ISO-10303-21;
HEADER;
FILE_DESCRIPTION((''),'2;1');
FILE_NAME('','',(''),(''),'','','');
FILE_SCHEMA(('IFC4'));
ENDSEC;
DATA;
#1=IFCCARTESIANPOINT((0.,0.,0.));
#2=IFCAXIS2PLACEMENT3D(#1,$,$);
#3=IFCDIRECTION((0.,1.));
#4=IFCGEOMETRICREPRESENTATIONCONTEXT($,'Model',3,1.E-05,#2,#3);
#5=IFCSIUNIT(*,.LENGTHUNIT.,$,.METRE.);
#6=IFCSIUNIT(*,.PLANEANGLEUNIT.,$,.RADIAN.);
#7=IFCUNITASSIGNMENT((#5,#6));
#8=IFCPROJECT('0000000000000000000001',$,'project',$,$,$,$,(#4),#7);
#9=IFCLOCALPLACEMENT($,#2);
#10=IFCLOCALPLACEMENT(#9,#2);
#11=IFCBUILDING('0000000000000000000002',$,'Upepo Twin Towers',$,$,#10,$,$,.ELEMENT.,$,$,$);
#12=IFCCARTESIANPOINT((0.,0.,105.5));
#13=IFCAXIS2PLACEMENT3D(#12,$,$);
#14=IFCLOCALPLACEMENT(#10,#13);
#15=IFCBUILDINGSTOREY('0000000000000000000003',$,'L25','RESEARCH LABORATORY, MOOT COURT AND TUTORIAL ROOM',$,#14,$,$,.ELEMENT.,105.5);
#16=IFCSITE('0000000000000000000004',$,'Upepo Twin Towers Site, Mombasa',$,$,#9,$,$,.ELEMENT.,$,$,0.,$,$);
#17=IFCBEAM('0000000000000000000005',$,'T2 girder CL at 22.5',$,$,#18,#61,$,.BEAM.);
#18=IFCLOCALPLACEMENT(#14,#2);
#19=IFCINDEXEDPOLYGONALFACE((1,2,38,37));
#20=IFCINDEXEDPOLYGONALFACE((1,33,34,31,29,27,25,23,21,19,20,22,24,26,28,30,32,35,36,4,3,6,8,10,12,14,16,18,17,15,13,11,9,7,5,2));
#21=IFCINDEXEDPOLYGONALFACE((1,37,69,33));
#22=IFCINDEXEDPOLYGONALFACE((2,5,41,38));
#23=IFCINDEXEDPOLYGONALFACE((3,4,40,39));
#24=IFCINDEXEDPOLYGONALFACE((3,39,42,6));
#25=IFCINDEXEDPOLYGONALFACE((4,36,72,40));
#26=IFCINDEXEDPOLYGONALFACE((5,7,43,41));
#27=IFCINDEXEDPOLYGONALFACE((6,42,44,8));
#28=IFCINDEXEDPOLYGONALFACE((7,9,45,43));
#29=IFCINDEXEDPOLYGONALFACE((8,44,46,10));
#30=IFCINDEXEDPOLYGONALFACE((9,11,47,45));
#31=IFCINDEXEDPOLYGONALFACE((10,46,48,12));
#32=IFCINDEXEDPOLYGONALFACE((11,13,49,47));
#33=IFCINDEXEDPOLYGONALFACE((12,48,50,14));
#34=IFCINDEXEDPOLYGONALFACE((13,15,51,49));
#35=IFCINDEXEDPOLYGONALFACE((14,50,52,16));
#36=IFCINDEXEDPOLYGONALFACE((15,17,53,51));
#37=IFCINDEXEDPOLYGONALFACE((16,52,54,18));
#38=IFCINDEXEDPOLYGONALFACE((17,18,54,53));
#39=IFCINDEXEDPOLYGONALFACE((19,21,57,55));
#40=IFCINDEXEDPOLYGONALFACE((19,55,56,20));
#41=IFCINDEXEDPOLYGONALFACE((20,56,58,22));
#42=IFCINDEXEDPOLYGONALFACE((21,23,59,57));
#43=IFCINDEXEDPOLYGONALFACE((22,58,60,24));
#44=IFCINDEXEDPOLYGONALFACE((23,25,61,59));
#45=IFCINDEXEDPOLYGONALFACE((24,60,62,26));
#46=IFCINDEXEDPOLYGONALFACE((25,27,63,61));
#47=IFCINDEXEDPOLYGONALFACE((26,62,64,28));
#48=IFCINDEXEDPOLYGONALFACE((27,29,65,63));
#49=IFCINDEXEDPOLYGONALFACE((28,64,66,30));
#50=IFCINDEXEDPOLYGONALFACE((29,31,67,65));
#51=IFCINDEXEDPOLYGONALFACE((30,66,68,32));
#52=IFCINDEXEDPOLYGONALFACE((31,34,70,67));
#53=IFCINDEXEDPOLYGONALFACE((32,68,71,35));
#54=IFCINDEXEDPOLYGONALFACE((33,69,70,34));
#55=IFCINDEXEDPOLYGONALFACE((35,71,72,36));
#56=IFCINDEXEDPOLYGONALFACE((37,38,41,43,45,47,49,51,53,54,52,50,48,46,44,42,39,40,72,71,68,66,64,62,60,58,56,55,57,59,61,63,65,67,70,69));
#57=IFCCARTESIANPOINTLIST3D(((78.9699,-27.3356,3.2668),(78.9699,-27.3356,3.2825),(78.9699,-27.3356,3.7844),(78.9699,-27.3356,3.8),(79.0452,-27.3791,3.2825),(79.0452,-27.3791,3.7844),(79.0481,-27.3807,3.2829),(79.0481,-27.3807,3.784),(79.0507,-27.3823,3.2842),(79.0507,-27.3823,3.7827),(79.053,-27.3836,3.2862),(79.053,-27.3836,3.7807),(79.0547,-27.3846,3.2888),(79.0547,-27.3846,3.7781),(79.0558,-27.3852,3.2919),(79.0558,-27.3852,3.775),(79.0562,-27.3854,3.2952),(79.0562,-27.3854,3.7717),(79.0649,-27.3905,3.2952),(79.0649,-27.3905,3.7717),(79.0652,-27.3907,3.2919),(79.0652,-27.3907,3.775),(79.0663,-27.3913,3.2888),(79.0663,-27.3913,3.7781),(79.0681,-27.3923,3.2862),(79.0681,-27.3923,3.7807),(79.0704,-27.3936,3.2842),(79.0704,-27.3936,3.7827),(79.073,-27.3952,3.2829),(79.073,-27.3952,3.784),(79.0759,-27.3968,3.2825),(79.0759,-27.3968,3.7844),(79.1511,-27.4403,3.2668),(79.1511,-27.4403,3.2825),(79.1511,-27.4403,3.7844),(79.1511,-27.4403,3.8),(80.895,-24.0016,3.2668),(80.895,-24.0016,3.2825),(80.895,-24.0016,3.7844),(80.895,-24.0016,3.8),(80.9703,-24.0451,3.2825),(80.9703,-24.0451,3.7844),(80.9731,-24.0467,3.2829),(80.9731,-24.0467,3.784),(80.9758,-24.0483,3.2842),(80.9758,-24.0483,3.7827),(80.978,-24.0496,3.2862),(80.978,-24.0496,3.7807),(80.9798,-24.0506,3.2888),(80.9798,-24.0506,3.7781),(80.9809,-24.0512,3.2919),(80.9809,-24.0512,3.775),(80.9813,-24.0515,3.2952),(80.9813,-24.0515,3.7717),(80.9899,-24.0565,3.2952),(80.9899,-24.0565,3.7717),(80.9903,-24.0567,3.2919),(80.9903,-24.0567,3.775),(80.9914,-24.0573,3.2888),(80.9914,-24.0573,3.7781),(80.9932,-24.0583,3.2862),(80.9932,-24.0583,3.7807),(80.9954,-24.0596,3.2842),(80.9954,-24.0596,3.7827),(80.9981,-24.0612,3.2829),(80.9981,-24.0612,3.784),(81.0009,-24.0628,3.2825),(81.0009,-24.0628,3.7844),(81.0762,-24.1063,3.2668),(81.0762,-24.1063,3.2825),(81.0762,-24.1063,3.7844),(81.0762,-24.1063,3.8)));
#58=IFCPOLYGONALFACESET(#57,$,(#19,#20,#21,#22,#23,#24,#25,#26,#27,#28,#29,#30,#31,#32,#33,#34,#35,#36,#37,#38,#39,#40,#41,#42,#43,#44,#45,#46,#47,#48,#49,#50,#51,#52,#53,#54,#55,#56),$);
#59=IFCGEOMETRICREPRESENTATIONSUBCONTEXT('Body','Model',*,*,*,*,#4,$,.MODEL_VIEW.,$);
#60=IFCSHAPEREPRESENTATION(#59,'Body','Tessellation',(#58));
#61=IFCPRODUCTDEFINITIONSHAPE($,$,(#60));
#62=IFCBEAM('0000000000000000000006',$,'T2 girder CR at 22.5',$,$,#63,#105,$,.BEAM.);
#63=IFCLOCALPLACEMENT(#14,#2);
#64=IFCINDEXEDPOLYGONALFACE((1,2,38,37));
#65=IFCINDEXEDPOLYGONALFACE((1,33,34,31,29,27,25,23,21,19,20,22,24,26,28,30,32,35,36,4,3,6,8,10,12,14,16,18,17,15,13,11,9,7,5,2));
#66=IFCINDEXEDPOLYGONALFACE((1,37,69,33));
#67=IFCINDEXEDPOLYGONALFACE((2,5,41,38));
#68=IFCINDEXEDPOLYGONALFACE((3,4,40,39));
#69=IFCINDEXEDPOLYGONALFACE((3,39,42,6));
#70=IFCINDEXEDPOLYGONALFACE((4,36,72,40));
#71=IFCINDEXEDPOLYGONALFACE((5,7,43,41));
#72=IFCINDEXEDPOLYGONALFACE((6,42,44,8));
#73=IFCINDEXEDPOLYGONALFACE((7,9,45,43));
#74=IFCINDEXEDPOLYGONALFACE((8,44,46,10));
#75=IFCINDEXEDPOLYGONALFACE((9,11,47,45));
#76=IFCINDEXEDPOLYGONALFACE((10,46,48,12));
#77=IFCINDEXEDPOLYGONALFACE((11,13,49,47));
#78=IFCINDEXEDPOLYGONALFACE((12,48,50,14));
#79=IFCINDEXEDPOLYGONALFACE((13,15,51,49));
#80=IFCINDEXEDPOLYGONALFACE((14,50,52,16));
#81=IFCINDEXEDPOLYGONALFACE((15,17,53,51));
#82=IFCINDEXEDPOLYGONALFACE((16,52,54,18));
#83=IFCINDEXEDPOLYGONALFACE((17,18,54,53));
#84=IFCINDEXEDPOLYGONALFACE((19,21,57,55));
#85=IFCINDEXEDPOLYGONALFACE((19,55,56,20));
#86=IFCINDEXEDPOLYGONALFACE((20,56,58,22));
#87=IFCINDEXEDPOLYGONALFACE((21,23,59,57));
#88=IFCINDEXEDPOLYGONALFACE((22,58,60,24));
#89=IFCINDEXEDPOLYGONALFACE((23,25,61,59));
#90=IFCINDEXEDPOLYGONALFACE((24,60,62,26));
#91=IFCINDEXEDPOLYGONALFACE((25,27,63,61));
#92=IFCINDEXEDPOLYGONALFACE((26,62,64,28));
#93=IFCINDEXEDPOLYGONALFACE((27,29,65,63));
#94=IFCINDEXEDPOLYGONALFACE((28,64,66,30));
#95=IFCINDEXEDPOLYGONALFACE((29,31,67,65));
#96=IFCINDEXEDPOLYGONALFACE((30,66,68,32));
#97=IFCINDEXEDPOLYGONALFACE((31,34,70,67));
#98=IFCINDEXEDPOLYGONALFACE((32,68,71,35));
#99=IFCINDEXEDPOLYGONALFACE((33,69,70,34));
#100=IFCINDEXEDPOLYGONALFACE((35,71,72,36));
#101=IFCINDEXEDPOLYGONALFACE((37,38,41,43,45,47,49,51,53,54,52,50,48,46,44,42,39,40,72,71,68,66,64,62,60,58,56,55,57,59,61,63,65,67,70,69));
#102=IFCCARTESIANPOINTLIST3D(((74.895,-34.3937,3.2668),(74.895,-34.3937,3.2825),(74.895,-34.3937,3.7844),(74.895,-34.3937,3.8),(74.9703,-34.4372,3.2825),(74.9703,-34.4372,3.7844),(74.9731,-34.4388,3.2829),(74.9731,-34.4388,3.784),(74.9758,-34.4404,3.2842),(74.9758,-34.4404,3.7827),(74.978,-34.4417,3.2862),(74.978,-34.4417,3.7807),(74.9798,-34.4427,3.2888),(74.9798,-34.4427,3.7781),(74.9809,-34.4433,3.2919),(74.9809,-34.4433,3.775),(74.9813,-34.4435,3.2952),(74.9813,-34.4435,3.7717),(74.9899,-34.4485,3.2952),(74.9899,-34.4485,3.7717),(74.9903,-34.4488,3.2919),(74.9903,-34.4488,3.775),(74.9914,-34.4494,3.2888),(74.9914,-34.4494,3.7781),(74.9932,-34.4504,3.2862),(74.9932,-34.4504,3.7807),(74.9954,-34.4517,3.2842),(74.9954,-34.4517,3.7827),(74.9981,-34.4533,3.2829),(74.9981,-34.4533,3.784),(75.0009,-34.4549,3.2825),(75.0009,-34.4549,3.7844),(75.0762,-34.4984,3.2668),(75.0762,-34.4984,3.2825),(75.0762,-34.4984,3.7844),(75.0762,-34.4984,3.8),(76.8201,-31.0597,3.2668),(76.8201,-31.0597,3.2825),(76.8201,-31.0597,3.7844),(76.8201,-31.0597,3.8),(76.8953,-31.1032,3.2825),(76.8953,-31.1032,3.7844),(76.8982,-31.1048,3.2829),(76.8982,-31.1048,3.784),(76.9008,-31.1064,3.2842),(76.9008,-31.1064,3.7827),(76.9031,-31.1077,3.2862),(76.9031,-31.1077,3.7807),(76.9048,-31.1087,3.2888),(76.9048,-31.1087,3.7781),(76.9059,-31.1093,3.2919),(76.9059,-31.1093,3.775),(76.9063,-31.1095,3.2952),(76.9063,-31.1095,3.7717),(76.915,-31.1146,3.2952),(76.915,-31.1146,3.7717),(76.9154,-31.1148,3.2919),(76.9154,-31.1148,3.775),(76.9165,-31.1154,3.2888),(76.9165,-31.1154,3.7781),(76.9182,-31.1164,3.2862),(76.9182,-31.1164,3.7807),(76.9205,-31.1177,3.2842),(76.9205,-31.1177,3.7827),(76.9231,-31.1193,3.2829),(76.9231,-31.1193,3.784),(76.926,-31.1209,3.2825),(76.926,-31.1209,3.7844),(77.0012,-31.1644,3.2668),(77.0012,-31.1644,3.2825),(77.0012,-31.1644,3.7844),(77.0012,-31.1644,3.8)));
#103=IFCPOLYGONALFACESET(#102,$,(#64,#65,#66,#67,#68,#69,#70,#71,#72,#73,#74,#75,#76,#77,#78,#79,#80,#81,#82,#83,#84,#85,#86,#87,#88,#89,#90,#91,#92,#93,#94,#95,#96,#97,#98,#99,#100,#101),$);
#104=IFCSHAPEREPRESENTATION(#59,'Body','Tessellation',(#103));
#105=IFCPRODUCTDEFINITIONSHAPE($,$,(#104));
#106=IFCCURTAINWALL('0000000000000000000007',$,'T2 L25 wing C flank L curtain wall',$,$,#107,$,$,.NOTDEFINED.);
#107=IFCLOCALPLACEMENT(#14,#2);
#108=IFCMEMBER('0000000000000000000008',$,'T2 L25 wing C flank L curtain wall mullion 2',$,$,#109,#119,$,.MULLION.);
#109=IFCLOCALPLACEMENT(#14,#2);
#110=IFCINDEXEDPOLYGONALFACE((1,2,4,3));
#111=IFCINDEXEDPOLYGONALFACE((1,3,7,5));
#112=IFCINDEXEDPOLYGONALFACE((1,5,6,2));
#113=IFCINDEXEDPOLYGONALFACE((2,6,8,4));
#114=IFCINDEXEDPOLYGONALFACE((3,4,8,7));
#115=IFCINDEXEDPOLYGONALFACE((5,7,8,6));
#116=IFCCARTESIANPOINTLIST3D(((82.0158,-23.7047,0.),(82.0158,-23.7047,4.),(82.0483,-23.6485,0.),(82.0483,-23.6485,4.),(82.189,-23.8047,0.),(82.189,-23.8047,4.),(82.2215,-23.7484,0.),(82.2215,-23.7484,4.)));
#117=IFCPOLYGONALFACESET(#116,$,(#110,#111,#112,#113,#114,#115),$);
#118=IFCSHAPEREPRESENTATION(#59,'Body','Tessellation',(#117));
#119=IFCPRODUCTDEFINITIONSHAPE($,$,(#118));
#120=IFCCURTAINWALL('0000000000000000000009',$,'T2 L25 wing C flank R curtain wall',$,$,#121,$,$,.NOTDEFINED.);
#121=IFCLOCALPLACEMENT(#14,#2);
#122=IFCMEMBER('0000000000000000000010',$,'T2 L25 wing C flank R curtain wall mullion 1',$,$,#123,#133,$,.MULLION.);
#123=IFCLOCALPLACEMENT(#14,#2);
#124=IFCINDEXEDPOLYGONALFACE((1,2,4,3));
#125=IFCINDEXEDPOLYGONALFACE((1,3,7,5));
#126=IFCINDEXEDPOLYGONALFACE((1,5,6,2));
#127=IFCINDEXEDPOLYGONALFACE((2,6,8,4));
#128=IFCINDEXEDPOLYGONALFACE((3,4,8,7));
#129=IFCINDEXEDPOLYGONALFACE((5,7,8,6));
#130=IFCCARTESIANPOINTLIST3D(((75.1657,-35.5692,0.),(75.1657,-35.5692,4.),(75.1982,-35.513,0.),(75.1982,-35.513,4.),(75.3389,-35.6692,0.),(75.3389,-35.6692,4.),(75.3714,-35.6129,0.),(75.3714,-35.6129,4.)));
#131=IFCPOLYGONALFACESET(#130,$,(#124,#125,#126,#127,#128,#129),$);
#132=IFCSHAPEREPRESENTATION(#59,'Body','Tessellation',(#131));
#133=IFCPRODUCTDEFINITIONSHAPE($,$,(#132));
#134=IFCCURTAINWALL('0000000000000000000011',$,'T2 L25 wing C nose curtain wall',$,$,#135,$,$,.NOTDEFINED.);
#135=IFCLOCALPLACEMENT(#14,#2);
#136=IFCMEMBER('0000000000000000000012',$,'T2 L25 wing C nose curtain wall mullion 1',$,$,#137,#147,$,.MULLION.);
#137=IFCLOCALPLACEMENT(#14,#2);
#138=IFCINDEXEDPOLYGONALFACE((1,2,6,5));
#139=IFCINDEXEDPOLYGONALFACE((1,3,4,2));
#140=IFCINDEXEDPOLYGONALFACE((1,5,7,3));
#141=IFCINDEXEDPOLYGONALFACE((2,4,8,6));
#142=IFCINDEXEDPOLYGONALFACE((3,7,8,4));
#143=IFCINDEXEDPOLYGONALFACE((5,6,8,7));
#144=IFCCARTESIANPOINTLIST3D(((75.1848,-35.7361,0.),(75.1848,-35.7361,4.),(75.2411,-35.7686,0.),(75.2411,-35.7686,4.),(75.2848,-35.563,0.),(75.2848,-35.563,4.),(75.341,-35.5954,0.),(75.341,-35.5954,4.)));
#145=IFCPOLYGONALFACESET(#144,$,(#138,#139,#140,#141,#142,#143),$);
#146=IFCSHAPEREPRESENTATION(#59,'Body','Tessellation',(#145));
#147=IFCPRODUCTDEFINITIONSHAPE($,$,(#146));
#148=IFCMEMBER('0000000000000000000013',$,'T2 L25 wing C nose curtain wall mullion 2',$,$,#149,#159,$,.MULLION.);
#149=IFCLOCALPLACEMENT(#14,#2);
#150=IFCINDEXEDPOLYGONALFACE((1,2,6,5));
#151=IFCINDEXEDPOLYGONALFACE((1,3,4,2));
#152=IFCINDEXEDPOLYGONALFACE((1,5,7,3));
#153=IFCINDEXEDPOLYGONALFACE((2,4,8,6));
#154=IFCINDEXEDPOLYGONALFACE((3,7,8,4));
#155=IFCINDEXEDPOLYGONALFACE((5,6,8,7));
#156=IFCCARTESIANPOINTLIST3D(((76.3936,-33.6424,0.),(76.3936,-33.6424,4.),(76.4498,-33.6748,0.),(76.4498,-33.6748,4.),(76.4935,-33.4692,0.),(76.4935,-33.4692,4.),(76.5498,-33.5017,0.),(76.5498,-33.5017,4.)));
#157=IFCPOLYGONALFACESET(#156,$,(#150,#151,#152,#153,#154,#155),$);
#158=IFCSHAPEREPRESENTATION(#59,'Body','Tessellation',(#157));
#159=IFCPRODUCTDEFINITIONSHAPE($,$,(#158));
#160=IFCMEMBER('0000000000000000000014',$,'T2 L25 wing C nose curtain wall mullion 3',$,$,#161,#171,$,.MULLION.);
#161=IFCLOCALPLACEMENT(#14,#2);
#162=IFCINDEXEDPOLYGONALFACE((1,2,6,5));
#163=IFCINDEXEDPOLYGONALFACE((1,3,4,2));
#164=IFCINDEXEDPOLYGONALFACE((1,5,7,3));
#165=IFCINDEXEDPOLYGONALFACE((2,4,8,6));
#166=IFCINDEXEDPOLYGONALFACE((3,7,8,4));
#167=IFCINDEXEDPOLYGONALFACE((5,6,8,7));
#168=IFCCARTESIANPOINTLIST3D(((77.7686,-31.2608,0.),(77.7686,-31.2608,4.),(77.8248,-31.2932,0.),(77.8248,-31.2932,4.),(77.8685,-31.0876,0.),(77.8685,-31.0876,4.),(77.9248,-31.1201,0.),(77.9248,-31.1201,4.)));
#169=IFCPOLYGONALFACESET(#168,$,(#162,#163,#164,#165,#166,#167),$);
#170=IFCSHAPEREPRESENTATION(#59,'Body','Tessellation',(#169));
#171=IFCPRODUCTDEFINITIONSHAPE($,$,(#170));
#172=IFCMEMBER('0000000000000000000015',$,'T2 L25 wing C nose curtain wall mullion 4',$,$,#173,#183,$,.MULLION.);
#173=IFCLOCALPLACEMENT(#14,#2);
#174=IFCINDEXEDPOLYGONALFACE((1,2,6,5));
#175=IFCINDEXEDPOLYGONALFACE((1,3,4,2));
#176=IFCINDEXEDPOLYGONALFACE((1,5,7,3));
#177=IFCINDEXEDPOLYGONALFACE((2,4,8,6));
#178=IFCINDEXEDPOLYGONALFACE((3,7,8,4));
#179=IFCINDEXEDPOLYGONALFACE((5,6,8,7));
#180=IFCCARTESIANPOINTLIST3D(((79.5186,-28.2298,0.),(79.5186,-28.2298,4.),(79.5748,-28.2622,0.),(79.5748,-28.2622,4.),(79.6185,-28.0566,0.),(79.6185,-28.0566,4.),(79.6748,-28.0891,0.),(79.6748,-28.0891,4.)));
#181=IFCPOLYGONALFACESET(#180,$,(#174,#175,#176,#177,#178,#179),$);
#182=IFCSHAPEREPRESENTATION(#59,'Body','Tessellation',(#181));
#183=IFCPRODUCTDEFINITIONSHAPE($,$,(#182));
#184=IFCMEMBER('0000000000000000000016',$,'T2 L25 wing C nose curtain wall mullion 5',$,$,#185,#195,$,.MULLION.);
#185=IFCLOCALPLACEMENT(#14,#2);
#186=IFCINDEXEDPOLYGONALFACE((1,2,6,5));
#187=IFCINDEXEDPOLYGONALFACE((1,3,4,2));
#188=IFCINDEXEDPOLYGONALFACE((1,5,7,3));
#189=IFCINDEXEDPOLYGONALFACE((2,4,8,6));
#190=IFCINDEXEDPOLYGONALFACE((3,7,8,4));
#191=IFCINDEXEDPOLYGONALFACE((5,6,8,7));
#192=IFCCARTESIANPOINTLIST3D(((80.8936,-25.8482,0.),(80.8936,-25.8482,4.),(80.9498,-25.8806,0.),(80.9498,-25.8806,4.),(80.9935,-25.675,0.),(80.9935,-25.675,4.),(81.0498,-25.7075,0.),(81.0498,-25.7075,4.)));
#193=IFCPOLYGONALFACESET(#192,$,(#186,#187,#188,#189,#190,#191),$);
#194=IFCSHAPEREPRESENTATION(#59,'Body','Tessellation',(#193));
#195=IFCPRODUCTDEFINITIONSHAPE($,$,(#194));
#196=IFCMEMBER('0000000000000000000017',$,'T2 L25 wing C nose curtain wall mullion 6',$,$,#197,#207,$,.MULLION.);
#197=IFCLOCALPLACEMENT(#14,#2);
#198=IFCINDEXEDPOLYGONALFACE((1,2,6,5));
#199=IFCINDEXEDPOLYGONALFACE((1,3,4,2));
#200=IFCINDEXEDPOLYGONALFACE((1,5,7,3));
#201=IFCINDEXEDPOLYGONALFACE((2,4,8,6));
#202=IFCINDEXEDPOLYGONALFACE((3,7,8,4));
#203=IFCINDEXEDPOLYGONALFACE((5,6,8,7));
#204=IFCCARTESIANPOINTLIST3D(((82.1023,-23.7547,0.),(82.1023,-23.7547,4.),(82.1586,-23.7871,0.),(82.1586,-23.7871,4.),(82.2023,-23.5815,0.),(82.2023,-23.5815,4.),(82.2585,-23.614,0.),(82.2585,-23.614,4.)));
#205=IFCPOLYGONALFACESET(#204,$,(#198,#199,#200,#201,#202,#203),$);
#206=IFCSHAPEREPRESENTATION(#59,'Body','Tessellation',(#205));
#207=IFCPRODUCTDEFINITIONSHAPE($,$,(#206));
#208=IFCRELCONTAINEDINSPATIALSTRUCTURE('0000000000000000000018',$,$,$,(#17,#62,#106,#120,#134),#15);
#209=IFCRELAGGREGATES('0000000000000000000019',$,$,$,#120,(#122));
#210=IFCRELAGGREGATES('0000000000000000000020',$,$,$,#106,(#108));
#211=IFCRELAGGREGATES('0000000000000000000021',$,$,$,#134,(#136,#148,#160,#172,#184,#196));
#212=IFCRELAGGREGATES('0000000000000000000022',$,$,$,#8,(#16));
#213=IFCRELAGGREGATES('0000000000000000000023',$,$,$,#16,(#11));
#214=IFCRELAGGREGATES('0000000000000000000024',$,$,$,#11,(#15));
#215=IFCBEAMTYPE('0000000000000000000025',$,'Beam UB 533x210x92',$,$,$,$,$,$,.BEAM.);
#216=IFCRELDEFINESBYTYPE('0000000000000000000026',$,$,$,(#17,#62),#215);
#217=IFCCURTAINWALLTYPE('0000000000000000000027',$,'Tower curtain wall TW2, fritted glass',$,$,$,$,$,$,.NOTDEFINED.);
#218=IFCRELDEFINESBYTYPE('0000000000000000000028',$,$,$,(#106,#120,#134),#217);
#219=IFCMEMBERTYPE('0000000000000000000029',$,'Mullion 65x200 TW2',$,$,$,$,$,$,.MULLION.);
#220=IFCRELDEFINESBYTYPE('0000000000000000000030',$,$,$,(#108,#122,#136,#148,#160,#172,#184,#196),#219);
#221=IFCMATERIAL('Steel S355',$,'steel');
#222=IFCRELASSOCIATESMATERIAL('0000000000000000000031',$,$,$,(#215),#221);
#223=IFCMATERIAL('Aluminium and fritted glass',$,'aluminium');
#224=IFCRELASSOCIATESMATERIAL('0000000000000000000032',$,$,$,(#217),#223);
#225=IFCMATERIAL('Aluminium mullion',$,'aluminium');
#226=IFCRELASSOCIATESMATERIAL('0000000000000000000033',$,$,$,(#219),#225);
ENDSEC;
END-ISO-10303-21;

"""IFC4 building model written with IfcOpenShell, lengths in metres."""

from ifc_helpers import new_model, si_unit, direction, frame, origin, origin_2d, place, context, subcontext, project, spatial, rectangle, i_section, extrude, material, material_profile, profile_set, type_object, element, aggregate, save


model = new_model("IFC4")

# Units and contexts
model_context = context("Model", 3, precision=1e-05, world=origin(), true_north=direction((0.0, 1.0)))
body_context = subcontext(model_context, "Body", "Model", "MODEL_VIEW")
ifc_project = project(units=[si_unit("LENGTHUNIT", "METRE"), si_unit("PLANEANGLEUNIT", "RADIAN")], contexts=[model_context])

# Site, building, storey
site_placement = place(None, origin())
site = spatial("IfcSite", under=ifc_project, at=site_placement, Name="Upepo Twin Towers Site, Mombasa", CompositionType="ELEMENT", RefElevation=0.0)
building_placement = place(site_placement, origin())
building = spatial("IfcBuilding", under=site, at=building_placement, Name="Upepo Twin Towers", CompositionType="ELEMENT")
storey_placement = place(building_placement, frame((0.0, 0.0, 105.5)))
storey = spatial("IfcBuildingStorey", under=building, at=storey_placement, Name="L25", Description="RESEARCH LABORATORY, MOOT COURT AND TUTORIAL ROOM", CompositionType="ELEMENT", Elevation=105.5)

# Beams
ifc_material_1 = material(Name="Steel S355", Category="steel")
ifc_material_profile_1 = material_profile(ifc_material_1, i_section(OverallWidth=0.2092, OverallDepth=0.5332, WebThickness=0.01, FlangeThickness=0.0156, FilletRadius=0.0127, at=origin_2d()), Name="UB 533x210x92")
ifc_profile_set_1 = profile_set([ifc_material_profile_1], Name="Steel S355")
beam_type_1 = type_object("IfcBeamType", Name="Beam UB 533x210x92", PredefinedType="BEAM", material=ifc_profile_set_1)
for number, where, z_axis, x_axis, name in (
    (1, (80.9856, -24.054, 3.5334), (-0.500034, -0.866006, 0.0), (0.866006, -0.500034, 0.0), "T2 girder CL at 22.5"),
    (2, (74.9856, -34.446, 3.5334), (0.500034, 0.866006, 0.0), (-0.866006, 0.500034, 0.0), "T2 girder CR at 22.5"),
):
    element("IfcBeam", number, at=place(storey_placement, frame(where, z_axis=z_axis, x_axis=x_axis)), inside=storey, type_object=beam_type_1, Name=name, PredefinedType="BEAM", context=body_context, shape_type="SweptSolid", body=[
        extrude(i_section(OverallWidth=0.2092, OverallDepth=0.5332, WebThickness=0.01, FlangeThickness=0.0156, FilletRadius=0.0127, at=origin_2d()), origin(), (0.0, 0.0, 1.0), 3.8499),
    ])

# Curtain walls, members
ifc_material_2 = material(Name="Aluminium and fritted glass", Category="aluminium")
curtain_wall_type = type_object("IfcCurtainWallType", Name="Tower curtain wall TW2, fritted glass", PredefinedType="NOTDEFINED", material=ifc_material_2)
curtain_wall_1_placement = place(storey_placement, origin())
curtain_wall_1 = element("IfcCurtainWall", 3, at=curtain_wall_1_placement, inside=storey, type_object=curtain_wall_type, Name="T2 L25 wing C flank L curtain wall", PredefinedType="NOTDEFINED")
ifc_material_3 = material(Name="Aluminium mullion", Category="aluminium")
ifc_material_profile_2 = material_profile(ifc_material_3, rectangle(XDim=0.0649, YDim=0.2, at=origin_2d()), Name="MULLION 65x200")
ifc_profile_set_2 = profile_set([ifc_material_profile_2], Name="Aluminium mullion")
member_type_1 = type_object("IfcMemberType", Name="Mullion 65x200 TW2", PredefinedType="MULLION", material=ifc_profile_set_2)
member_1_placement = place(storey_placement, frame((82.1187, -23.7266, 0.0), z_axis=(0.0, 0.0, 1.0), x_axis=(0.5, 0.866025, 0.0)))
member_1 = element("IfcMember", 4, at=member_1_placement, type_object=member_type_1, Name="T2 L25 wing C flank L curtain wall mullion 2", PredefinedType="MULLION", context=body_context, shape_type="SweptSolid", body=[
    extrude(rectangle(XDim=0.0649, YDim=0.2, at=origin_2d()), origin(), (0.0, 0.0, 1.0), 4.0),
])
curtain_wall_2_placement = place(storey_placement, origin())
curtain_wall_2 = element("IfcCurtainWall", 5, at=curtain_wall_2_placement, inside=storey, type_object=curtain_wall_type, Name="T2 L25 wing C flank R curtain wall", PredefinedType="NOTDEFINED")
member_2_placement = place(storey_placement, frame((75.2686, -35.5911, 0.0), z_axis=(0.0, 0.0, 1.0), x_axis=(-0.5, -0.866025, 0.0)))
member_2 = element("IfcMember", 6, at=member_2_placement, type_object=member_type_1, Name="T2 L25 wing C flank R curtain wall mullion 1", PredefinedType="MULLION", context=body_context, shape_type="SweptSolid", body=[
    extrude(rectangle(XDim=0.0649, YDim=0.2, at=origin_2d()), origin(), (0.0, 0.0, 1.0), 4.0),
])

# Curtain wall, members
curtain_wall_3_placement = place(storey_placement, origin())
curtain_wall_3 = element("IfcCurtainWall", 7, at=curtain_wall_3_placement, inside=storey, type_object=curtain_wall_type, Name="T2 L25 wing C nose curtain wall", PredefinedType="NOTDEFINED")
member_3_placement = place(storey_placement, frame((75.2629, -35.6658, 0.0), z_axis=(0.0, 0.0, 1.0), x_axis=(-0.866025, 0.5, 0.0)))
member_3 = element("IfcMember", 8, at=member_3_placement, type_object=member_type_1, Name="T2 L25 wing C nose curtain wall mullion 1", PredefinedType="MULLION", context=body_context, shape_type="SweptSolid", body=[
    extrude(rectangle(XDim=0.0649, YDim=0.2, at=origin_2d()), origin(), (0.0, 0.0, 1.0), 4.0),
])
member_4_placement = place(storey_placement, frame((76.4717, -33.572, 0.0), z_axis=(0.0, 0.0, 1.0), x_axis=(-0.866025, 0.5, 0.0)))
member_4 = element("IfcMember", 9, at=member_4_placement, type_object=member_type_1, Name="T2 L25 wing C nose curtain wall mullion 2", PredefinedType="MULLION", context=body_context, shape_type="SweptSolid", body=[
    extrude(rectangle(XDim=0.0649, YDim=0.2, at=origin_2d()), origin(), (0.0, 0.0, 1.0), 4.0),
])
member_5_placement = place(storey_placement, frame((77.8467, -31.1904, 0.0), z_axis=(0.0, 0.0, 1.0), x_axis=(-0.866025, 0.5, 0.0)))
member_5 = element("IfcMember", 10, at=member_5_placement, type_object=member_type_1, Name="T2 L25 wing C nose curtain wall mullion 3", PredefinedType="MULLION", context=body_context, shape_type="SweptSolid", body=[
    extrude(rectangle(XDim=0.0649, YDim=0.2, at=origin_2d()), origin(), (0.0, 0.0, 1.0), 4.0),
])
member_6_placement = place(storey_placement, frame((79.5967, -28.1594, 0.0), z_axis=(0.0, 0.0, 1.0), x_axis=(-0.866025, 0.5, 0.0)))
member_6 = element("IfcMember", 11, at=member_6_placement, type_object=member_type_1, Name="T2 L25 wing C nose curtain wall mullion 4", PredefinedType="MULLION", context=body_context, shape_type="SweptSolid", body=[
    extrude(rectangle(XDim=0.0649, YDim=0.2, at=origin_2d()), origin(), (0.0, 0.0, 1.0), 4.0),
])
member_7_placement = place(storey_placement, frame((80.9717, -25.7778, 0.0), z_axis=(0.0, 0.0, 1.0), x_axis=(-0.866025, 0.5, 0.0)))
member_7 = element("IfcMember", 12, at=member_7_placement, type_object=member_type_1, Name="T2 L25 wing C nose curtain wall mullion 5", PredefinedType="MULLION", context=body_context, shape_type="SweptSolid", body=[
    extrude(rectangle(XDim=0.0649, YDim=0.2, at=origin_2d()), origin(), (0.0, 0.0, 1.0), 4.0),
])
member_8_placement = place(storey_placement, frame((82.1804, -23.6843, 0.0), z_axis=(0.0, 0.0, 1.0), x_axis=(-0.866025, 0.5, 0.0)))
member_8 = element("IfcMember", 13, at=member_8_placement, type_object=member_type_1, Name="T2 L25 wing C nose curtain wall mullion 6", PredefinedType="MULLION", context=body_context, shape_type="SweptSolid", body=[
    extrude(rectangle(XDim=0.0649, YDim=0.2, at=origin_2d()), origin(), (0.0, 0.0, 1.0), 4.0),
])

aggregate(curtain_wall_2, [member_2])

aggregate(curtain_wall_1, [member_1])
aggregate(curtain_wall_3, [member_3, member_4, member_5, member_6, member_7, member_8])

save(model, "model.ifc")
